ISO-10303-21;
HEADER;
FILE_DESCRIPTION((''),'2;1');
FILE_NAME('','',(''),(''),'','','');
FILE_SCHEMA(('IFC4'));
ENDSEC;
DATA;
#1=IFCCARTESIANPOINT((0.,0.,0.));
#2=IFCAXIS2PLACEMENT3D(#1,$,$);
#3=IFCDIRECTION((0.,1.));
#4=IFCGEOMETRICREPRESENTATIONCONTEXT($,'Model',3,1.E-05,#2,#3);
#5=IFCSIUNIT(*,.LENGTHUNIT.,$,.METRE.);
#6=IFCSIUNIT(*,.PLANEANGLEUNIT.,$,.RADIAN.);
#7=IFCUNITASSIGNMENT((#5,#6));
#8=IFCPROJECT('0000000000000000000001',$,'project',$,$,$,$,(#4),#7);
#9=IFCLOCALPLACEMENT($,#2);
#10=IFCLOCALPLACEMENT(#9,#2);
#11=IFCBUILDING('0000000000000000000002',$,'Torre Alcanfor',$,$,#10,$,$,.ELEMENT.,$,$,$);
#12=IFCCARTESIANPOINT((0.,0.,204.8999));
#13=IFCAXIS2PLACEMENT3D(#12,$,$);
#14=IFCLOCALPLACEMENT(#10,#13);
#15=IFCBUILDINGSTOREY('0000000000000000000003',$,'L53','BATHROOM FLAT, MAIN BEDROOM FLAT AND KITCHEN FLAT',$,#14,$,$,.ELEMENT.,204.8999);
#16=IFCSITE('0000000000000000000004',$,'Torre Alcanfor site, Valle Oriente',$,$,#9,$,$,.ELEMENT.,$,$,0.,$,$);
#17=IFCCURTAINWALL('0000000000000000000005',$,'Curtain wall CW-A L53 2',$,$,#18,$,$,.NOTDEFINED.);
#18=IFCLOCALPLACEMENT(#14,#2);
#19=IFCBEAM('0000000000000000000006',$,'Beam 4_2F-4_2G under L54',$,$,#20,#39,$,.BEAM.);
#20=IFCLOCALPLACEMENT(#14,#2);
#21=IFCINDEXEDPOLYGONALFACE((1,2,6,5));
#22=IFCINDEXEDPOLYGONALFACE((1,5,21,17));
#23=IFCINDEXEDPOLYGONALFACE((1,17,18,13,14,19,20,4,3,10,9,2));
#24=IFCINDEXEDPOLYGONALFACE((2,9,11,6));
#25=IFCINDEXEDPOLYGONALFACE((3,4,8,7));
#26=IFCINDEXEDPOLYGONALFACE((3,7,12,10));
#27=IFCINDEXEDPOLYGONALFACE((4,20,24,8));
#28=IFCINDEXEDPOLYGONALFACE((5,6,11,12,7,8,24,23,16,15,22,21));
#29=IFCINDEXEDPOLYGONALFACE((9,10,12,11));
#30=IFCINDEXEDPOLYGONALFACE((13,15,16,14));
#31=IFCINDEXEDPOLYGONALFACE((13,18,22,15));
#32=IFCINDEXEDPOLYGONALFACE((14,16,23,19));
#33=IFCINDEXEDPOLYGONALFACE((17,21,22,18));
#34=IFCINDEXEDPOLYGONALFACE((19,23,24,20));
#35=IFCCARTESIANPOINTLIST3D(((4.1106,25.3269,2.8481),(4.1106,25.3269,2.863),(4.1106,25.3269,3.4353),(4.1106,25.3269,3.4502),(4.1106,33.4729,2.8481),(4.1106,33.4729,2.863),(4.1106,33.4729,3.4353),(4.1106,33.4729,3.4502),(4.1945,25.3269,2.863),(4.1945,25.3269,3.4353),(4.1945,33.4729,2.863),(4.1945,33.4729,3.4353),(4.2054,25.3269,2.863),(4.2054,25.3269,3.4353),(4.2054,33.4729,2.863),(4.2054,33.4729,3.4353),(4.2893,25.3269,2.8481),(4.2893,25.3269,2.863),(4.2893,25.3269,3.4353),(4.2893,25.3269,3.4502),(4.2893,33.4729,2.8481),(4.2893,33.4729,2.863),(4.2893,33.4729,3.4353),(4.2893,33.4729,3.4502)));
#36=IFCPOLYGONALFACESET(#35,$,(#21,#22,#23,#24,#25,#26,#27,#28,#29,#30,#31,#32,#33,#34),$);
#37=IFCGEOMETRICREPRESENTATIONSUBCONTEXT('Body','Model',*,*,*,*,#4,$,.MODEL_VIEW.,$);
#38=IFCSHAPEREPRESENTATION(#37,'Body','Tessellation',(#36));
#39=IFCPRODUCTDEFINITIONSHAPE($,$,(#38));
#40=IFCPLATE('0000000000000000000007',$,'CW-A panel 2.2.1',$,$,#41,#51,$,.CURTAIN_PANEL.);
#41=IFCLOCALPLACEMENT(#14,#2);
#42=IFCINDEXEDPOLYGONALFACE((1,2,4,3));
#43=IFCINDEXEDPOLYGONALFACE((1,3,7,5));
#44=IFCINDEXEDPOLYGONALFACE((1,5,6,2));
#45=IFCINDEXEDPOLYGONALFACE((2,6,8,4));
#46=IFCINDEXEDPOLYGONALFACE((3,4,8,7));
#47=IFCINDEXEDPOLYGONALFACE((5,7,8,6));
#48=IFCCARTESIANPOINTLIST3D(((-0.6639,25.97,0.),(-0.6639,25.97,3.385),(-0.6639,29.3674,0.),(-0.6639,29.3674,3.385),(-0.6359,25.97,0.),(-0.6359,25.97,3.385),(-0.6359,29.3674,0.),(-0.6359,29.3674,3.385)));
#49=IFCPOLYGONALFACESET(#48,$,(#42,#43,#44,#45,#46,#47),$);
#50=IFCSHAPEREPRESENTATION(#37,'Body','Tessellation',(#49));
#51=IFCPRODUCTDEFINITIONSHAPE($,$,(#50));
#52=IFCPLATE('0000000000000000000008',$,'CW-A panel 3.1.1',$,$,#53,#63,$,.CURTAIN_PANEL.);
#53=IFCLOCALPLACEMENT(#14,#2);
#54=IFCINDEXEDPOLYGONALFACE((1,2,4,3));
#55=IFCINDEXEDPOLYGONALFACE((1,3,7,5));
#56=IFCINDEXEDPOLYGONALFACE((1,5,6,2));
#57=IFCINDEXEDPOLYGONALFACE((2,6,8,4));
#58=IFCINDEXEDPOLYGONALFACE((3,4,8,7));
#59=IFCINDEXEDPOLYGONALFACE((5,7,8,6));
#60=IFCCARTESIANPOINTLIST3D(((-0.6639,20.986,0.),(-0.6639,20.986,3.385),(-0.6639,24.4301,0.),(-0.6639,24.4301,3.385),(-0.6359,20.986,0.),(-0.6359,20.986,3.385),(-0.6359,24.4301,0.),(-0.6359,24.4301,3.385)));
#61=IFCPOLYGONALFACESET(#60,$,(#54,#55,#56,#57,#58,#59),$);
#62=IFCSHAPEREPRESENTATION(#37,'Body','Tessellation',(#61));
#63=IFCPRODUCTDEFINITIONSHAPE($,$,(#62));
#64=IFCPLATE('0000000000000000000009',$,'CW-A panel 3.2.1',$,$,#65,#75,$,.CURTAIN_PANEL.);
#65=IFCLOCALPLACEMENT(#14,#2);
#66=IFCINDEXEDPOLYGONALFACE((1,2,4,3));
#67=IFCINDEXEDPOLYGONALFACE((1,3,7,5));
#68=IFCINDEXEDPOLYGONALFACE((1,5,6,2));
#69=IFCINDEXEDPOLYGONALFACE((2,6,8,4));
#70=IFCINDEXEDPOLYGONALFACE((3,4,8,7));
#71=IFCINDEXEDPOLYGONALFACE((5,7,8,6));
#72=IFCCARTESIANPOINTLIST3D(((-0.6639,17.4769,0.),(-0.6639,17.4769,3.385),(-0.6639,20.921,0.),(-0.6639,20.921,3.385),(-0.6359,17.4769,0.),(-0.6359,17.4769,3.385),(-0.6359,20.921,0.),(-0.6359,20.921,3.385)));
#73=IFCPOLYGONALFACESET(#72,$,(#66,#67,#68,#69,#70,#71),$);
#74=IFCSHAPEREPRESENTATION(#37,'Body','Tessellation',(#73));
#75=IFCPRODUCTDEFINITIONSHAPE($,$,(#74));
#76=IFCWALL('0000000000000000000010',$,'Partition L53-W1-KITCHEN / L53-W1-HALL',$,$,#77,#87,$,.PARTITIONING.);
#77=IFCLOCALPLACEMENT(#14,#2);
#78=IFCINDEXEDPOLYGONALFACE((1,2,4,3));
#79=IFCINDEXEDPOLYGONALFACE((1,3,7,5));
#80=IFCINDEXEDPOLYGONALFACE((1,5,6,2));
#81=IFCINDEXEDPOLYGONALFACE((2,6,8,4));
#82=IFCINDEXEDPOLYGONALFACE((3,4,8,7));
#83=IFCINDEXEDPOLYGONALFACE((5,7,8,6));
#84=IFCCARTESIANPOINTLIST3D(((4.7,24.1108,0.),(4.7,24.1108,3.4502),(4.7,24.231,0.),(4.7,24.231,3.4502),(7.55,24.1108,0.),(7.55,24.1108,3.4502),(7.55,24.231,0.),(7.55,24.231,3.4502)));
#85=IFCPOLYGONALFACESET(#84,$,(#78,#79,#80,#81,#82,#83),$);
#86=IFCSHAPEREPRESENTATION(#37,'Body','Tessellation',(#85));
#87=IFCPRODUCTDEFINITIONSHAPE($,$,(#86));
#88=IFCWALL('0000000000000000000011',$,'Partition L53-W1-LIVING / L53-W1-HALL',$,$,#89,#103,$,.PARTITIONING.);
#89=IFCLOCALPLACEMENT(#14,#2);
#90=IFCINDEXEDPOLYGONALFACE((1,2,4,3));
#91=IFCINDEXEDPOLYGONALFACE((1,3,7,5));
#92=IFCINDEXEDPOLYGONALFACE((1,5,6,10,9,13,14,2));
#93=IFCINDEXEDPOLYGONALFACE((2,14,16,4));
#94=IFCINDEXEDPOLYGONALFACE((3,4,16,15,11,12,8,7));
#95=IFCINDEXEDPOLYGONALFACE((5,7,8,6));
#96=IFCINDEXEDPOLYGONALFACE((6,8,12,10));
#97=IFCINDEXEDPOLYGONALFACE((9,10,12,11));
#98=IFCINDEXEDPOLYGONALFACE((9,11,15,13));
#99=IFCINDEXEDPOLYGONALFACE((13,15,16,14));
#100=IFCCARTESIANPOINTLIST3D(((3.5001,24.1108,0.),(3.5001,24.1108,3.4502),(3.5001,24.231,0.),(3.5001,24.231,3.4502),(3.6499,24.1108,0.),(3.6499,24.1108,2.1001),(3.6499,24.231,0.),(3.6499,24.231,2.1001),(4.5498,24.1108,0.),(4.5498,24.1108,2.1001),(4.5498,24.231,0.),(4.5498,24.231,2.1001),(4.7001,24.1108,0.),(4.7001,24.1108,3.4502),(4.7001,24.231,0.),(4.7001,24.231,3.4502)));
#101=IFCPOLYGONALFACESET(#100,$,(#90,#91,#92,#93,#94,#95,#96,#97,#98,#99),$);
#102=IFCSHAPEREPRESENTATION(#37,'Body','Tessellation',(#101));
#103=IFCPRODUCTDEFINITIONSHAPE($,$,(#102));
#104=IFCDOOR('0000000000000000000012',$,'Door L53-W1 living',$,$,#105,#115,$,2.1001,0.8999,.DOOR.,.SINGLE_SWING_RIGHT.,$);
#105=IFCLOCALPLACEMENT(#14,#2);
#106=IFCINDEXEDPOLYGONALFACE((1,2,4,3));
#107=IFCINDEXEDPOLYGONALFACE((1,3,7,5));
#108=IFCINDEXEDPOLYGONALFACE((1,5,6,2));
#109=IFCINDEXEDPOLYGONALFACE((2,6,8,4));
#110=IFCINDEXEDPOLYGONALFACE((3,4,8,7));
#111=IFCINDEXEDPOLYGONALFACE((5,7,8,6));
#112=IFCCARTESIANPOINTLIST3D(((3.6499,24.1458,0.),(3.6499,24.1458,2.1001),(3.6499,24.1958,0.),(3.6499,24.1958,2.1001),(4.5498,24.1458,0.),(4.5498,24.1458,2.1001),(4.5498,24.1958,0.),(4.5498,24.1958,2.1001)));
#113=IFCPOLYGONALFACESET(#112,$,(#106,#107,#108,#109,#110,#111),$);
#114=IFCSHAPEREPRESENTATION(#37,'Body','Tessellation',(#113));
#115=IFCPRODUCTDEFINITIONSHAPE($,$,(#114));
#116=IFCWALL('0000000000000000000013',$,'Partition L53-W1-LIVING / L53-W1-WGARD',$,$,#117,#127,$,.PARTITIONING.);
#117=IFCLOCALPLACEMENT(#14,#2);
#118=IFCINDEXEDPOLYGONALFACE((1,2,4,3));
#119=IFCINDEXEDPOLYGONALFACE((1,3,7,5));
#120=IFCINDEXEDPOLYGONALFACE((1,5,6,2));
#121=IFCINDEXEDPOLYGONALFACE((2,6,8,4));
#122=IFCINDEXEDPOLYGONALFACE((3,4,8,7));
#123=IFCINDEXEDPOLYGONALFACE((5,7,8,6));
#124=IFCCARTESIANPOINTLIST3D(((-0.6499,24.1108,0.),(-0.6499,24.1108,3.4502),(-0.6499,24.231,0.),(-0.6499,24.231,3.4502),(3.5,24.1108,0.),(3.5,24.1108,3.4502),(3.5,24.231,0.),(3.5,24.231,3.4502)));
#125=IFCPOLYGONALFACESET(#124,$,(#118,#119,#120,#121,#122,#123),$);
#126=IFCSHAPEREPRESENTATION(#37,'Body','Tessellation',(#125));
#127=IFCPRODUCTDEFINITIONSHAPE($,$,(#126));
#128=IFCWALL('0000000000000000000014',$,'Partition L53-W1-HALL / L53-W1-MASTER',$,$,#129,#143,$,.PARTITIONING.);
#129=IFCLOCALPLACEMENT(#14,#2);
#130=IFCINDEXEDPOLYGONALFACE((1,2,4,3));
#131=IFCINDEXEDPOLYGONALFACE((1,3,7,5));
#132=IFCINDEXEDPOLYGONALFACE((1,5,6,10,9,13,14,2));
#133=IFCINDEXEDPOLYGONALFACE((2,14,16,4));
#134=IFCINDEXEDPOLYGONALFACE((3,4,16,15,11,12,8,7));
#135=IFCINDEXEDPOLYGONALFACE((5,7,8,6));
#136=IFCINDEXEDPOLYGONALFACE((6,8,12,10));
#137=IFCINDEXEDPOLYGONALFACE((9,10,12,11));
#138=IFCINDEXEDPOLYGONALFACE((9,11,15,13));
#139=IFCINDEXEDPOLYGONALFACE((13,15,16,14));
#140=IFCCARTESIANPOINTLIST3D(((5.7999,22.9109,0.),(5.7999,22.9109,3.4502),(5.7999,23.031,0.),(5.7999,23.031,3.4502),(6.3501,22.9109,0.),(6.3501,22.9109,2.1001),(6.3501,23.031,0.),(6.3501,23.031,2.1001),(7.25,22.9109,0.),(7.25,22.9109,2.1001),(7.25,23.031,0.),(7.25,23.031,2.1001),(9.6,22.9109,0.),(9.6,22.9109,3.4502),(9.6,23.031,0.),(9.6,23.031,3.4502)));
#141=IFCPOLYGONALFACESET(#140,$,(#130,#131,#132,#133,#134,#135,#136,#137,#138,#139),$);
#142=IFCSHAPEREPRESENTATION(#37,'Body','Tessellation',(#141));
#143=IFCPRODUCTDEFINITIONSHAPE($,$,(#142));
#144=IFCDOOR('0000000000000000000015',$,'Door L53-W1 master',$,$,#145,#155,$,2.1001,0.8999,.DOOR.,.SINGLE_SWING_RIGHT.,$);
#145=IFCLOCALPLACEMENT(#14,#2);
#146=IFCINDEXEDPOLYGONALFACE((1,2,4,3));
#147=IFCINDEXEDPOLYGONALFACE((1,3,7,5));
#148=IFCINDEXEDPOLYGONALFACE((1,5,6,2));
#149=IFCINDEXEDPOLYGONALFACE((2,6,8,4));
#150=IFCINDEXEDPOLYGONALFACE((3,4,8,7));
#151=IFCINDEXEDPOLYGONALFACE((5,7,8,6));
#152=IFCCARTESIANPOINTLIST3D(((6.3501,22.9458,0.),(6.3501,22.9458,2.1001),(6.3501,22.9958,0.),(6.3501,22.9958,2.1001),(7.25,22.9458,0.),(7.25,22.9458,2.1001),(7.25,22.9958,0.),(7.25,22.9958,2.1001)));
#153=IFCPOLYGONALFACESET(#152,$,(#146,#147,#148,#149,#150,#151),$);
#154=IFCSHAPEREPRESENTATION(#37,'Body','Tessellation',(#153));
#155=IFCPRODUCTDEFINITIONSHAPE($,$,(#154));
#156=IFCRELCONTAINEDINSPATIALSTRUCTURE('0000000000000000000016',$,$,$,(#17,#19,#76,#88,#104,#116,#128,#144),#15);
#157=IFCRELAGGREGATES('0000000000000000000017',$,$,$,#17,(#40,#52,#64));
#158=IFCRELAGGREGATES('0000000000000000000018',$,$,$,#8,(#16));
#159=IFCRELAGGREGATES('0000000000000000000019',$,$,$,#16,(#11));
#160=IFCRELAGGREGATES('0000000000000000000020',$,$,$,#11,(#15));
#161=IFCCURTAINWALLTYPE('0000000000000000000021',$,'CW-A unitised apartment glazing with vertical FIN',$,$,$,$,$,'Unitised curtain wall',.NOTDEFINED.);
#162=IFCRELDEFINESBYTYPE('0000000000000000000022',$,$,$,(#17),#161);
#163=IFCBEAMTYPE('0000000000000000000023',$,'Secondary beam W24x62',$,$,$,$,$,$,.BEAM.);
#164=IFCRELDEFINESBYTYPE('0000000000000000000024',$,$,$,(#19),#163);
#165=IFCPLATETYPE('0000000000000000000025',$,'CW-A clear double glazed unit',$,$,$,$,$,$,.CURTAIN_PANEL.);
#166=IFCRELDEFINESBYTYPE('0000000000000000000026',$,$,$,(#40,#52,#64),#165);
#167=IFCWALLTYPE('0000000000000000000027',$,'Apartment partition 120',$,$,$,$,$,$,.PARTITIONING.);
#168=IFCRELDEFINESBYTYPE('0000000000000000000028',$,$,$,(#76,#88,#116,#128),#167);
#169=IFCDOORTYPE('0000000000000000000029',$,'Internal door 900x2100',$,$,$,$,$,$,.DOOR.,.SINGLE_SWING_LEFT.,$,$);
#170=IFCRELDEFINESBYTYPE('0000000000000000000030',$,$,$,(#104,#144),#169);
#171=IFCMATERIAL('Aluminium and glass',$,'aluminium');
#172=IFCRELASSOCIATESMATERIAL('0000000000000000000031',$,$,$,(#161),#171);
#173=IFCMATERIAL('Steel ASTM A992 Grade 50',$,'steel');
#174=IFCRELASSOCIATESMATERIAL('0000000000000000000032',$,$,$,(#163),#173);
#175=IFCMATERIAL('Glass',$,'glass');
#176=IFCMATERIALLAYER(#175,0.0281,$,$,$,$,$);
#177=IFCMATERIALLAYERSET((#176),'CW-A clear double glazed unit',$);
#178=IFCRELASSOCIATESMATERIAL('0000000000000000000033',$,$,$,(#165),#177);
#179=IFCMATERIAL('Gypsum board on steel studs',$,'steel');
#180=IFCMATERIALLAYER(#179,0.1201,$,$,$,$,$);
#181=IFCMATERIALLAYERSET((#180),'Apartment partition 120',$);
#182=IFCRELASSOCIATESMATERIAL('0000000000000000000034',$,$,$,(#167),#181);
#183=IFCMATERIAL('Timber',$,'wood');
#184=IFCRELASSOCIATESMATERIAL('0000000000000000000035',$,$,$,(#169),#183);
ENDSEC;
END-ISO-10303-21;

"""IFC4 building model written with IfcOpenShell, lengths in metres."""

from ifc_helpers import new_model, si_unit, direction, frame, frame_2d, origin, origin_2d, place, context, subcontext, project, spatial, rectangle, i_section, extrude, material, layer, layer_set, material_profile, profile_set, type_object, element, fill, aggregate, save


model = new_model("IFC4")

# Units and contexts
model_context = context("Model", 3, precision=1e-05, world=origin(), true_north=direction((0.0, 1.0)))
body_context = subcontext(model_context, "Body", "Model", "MODEL_VIEW")
ifc_project = project(units=[si_unit("LENGTHUNIT", "METRE"), si_unit("PLANEANGLEUNIT", "RADIAN")], contexts=[model_context])

# Site, building, storey
site_placement = place(None, origin())
site = spatial("IfcSite", under=ifc_project, at=site_placement, Name="Torre Alcanfor site, Valle Oriente", CompositionType="ELEMENT", RefElevation=0.0)
building_placement = place(site_placement, origin())
building = spatial("IfcBuilding", under=site, at=building_placement, Name="Torre Alcanfor", CompositionType="ELEMENT")
storey_placement = place(building_placement, frame((0.0, 0.0, 204.8999)))
storey = spatial("IfcBuildingStorey", under=building, at=storey_placement, Name="L53", Description="BATHROOM FLAT, MAIN BEDROOM FLAT AND KITCHEN FLAT", CompositionType="ELEMENT", Elevation=204.8999)

# Curtain wall
ifc_material_1 = material(Name="Aluminium and glass", Category="aluminium")
curtain_wall_type = type_object("IfcCurtainWallType", Name="CW-A unitised apartment glazing with vertical FIN", ElementType="Unitised curtain wall", PredefinedType="NOTDEFINED", material=ifc_material_1)
curtain_wall_placement = place(storey_placement, origin())
curtain_wall = element("IfcCurtainWall", 1, at=curtain_wall_placement, inside=storey, type_object=curtain_wall_type, Name="Curtain wall CW-A L53 2", PredefinedType="NOTDEFINED")

# Beam
ifc_material_2 = material(Name="Steel ASTM A992 Grade 50", Category="steel")
ifc_material_profile_1 = material_profile(ifc_material_2, i_section(OverallWidth=0.1787, OverallDepth=0.6021, WebThickness=0.011, FlangeThickness=0.0149, at=origin_2d()), Name="W24x62")
ifc_profile_set_1 = profile_set([ifc_material_profile_1], Name="Steel ASTM A992 Grade 50")
beam_type_1 = type_object("IfcBeamType", Name="Secondary beam W24x62", PredefinedType="BEAM", material=ifc_profile_set_1)
beam_1_placement = place(storey_placement, frame((4.2, 25.3269, 3.1492), z_axis=(0.0, 1.0, 0.0), x_axis=(-1.0, 0.0, 0.0)))
element("IfcBeam", 2, at=beam_1_placement, inside=storey, type_object=beam_type_1, Name="Beam 4_2F-4_2G under L54", PredefinedType="BEAM", context=body_context, shape_type="SweptSolid", body=[
    extrude(i_section(OverallWidth=0.1787, OverallDepth=0.6021, WebThickness=0.011, FlangeThickness=0.0149, at=origin_2d()), origin(), (0.0, 0.0, 1.0), 8.146),
])

# Plates
ifc_material_3 = material(Name="Glass", Category="glass")
ifc_layer_1 = layer(ifc_material_3, 0.0281)
ifc_layer_set_1 = layer_set([ifc_layer_1], Name="CW-A clear double glazed unit")
plate_type = type_object("IfcPlateType", Name="CW-A clear double glazed unit", PredefinedType="CURTAIN_PANEL", material=ifc_layer_set_1)
plate_1_placement = place(storey_placement, frame((-0.6499, 27.6687, 0.0), z_axis=(0.0, 0.0, 1.0), x_axis=(0.0, -1.0, 0.0)))
plate_1 = element("IfcPlate", 3, at=plate_1_placement, type_object=plate_type, Name="CW-A panel 2.2.1", PredefinedType="CURTAIN_PANEL", context=body_context, shape_type="SweptSolid", body=[
    extrude(rectangle(XDim=3.3975, YDim=0.0281, at=origin_2d()), origin(), (0.0, 0.0, 1.0), 3.385),
])
plate_2_placement = place(storey_placement, frame((-0.6499, 22.708, 0.0), z_axis=(0.0, 0.0, 1.0), x_axis=(0.0, -1.0, 0.0)))
plate_2 = element("IfcPlate", 4, at=plate_2_placement, type_object=plate_type, Name="CW-A panel 3.1.1", PredefinedType="CURTAIN_PANEL", context=body_context, shape_type="SweptSolid", body=[
    extrude(rectangle(XDim=3.4441, YDim=0.0281, at=origin_2d()), origin(), (0.0, 0.0, 1.0), 3.385),
])
plate_3_placement = place(storey_placement, frame((-0.6499, 19.199, 0.0), z_axis=(0.0, 0.0, 1.0), x_axis=(0.0, -1.0, 0.0)))
plate_3 = element("IfcPlate", 5, at=plate_3_placement, type_object=plate_type, Name="CW-A panel 3.2.1", PredefinedType="CURTAIN_PANEL", context=body_context, shape_type="SweptSolid", body=[
    extrude(rectangle(XDim=3.4441, YDim=0.0281, at=origin_2d()), origin(), (0.0, 0.0, 1.0), 3.385),
])
aggregate(curtain_wall, [plate_1, plate_2, plate_3])

# Wall
ifc_material_4 = material(Name="Gypsum board on steel studs", Category="steel")
ifc_layer_2 = layer(ifc_material_4, 0.1201)
ifc_layer_set_2 = layer_set([ifc_layer_2], Name="Apartment partition 120")
wall_type_1 = type_object("IfcWallType", Name="Apartment partition 120", PredefinedType="PARTITIONING", material=ifc_layer_set_2)
wall_1_placement = place(storey_placement, frame((4.7, 24.1709, 0.0), z_axis=(0.0, 0.0, 1.0), x_axis=(1.0, 0.0, 0.0)))
element("IfcWall", 6, at=wall_1_placement, inside=storey, type_object=wall_type_1, Name="Partition L53-W1-KITCHEN / L53-W1-HALL", PredefinedType="PARTITIONING", context=body_context, shape_type="SweptSolid", body=[
    extrude(rectangle(XDim=2.8501, YDim=0.1201, at=frame_2d((1.425, 0.0))), origin(), (0.0, 0.0, 1.0), 3.4502),
])

# Wall, opening, door
wall_2_placement = place(storey_placement, frame((3.5, 24.1709, 0.0), z_axis=(0.0, 0.0, 1.0), x_axis=(1.0, 0.0, 0.0)))
wall_2 = element("IfcWall", 7, at=wall_2_placement, inside=storey, type_object=wall_type_1, Name="Partition L53-W1-LIVING / L53-W1-HALL", PredefinedType="PARTITIONING", context=body_context, shape_type="SweptSolid", body=[
    extrude(rectangle(XDim=1.2, YDim=0.1201, at=frame_2d((0.6001, 0.0))), origin(), (0.0, 0.0, 1.0), 3.4502),
])
opening_1_placement = place(wall_2_placement, frame((0.1499, 0.0, 0.0)))
opening_1 = element("IfcOpeningElement", 8, at=opening_1_placement, cuts=wall_2, PredefinedType="OPENING", context=body_context, shape_type="SweptSolid", body=[
    extrude(rectangle(XDim=0.8999, YDim=2.1001, at=frame_2d((0.45, 1.05))), frame((0.0, 0.0701, 0.0), z_axis=(0.0, -1.0, 0.0), x_axis=(1.0, 0.0, 0.0)), (0.0, 0.0, 1.0), 0.1401),
])
ifc_material_5 = material(Name="Timber", Category="wood")
door_type = type_object("IfcDoorType", Name="Internal door 900x2100", OperationType="SINGLE_SWING_LEFT", PredefinedType="DOOR", material=ifc_material_5)
door_1_placement = place(opening_1_placement, origin())
door_1 = element("IfcDoor", 9, at=door_1_placement, inside=storey, type_object=door_type, Name="Door L53-W1 living", OperationType="SINGLE_SWING_RIGHT", OverallHeight=2.1001, OverallWidth=0.8999, PredefinedType="DOOR", context=body_context, shape_type="SweptSolid", body=[
    extrude(rectangle(XDim=0.8999, YDim=2.1001, at=frame_2d((0.45, 1.05))), frame((0.0, 0.0249, 0.0), z_axis=(0.0, -1.0, 0.0), x_axis=(1.0, 0.0, 0.0)), (0.0, 0.0, 1.0), 0.05),
])
fill(opening_1, door_1)

# Wall
wall_3_placement = place(storey_placement, frame((-0.6499, 24.1709, 0.0), z_axis=(0.0, 0.0, 1.0), x_axis=(1.0, 0.0, 0.0)))
element("IfcWall", 10, at=wall_3_placement, inside=storey, type_object=wall_type_1, Name="Partition L53-W1-LIVING / L53-W1-WGARD", PredefinedType="PARTITIONING", context=body_context, shape_type="SweptSolid", body=[
    extrude(rectangle(XDim=4.1499, YDim=0.1201, at=frame_2d((2.075, 0.0))), origin(), (0.0, 0.0, 1.0), 3.4502),
])

# Wall, opening, door
wall_4_placement = place(storey_placement, frame((5.8, 22.9709, 0.0), z_axis=(0.0, 0.0, 1.0), x_axis=(1.0, 0.0, 0.0)))
wall_4 = element("IfcWall", 11, at=wall_4_placement, inside=storey, type_object=wall_type_1, Name="Partition L53-W1-HALL / L53-W1-MASTER", PredefinedType="PARTITIONING", context=body_context, shape_type="SweptSolid", body=[
    extrude(rectangle(XDim=3.8, YDim=0.1201, at=frame_2d((1.8999, 0.0))), origin(), (0.0, 0.0, 1.0), 3.4502),
])
opening_2_placement = place(wall_4_placement, frame((0.55, 0.0, 0.0)))
opening_2 = element("IfcOpeningElement", 12, at=opening_2_placement, cuts=wall_4, PredefinedType="OPENING", context=body_context, shape_type="SweptSolid", body=[
    extrude(rectangle(XDim=0.8999, YDim=2.1001, at=frame_2d((0.45, 1.05))), frame((0.0, 0.0701, 0.0), z_axis=(0.0, -1.0, 0.0), x_axis=(1.0, 0.0, 0.0)), (0.0, 0.0, 1.0), 0.1401),
])
door_2_placement = place(opening_2_placement, frame((0.8999, 0.0, 0.0), z_axis=(0.0, 0.0, 1.0), x_axis=(-1.0, 0.0, 0.0)))
door_2 = element("IfcDoor", 13, at=door_2_placement, inside=storey, type_object=door_type, Name="Door L53-W1 master", OperationType="SINGLE_SWING_RIGHT", OverallHeight=2.1001, OverallWidth=0.8999, PredefinedType="DOOR", context=body_context, shape_type="SweptSolid", body=[
    extrude(rectangle(XDim=0.8999, YDim=2.1001, at=frame_2d((0.45, 1.05))), frame((0.0, 0.0251, 0.0), z_axis=(0.0, -1.0, 0.0), x_axis=(1.0, 0.0, 0.0)), (0.0, 0.0, 1.0), 0.05),
])
fill(opening_2, door_2)

save(model, "model.ifc")
